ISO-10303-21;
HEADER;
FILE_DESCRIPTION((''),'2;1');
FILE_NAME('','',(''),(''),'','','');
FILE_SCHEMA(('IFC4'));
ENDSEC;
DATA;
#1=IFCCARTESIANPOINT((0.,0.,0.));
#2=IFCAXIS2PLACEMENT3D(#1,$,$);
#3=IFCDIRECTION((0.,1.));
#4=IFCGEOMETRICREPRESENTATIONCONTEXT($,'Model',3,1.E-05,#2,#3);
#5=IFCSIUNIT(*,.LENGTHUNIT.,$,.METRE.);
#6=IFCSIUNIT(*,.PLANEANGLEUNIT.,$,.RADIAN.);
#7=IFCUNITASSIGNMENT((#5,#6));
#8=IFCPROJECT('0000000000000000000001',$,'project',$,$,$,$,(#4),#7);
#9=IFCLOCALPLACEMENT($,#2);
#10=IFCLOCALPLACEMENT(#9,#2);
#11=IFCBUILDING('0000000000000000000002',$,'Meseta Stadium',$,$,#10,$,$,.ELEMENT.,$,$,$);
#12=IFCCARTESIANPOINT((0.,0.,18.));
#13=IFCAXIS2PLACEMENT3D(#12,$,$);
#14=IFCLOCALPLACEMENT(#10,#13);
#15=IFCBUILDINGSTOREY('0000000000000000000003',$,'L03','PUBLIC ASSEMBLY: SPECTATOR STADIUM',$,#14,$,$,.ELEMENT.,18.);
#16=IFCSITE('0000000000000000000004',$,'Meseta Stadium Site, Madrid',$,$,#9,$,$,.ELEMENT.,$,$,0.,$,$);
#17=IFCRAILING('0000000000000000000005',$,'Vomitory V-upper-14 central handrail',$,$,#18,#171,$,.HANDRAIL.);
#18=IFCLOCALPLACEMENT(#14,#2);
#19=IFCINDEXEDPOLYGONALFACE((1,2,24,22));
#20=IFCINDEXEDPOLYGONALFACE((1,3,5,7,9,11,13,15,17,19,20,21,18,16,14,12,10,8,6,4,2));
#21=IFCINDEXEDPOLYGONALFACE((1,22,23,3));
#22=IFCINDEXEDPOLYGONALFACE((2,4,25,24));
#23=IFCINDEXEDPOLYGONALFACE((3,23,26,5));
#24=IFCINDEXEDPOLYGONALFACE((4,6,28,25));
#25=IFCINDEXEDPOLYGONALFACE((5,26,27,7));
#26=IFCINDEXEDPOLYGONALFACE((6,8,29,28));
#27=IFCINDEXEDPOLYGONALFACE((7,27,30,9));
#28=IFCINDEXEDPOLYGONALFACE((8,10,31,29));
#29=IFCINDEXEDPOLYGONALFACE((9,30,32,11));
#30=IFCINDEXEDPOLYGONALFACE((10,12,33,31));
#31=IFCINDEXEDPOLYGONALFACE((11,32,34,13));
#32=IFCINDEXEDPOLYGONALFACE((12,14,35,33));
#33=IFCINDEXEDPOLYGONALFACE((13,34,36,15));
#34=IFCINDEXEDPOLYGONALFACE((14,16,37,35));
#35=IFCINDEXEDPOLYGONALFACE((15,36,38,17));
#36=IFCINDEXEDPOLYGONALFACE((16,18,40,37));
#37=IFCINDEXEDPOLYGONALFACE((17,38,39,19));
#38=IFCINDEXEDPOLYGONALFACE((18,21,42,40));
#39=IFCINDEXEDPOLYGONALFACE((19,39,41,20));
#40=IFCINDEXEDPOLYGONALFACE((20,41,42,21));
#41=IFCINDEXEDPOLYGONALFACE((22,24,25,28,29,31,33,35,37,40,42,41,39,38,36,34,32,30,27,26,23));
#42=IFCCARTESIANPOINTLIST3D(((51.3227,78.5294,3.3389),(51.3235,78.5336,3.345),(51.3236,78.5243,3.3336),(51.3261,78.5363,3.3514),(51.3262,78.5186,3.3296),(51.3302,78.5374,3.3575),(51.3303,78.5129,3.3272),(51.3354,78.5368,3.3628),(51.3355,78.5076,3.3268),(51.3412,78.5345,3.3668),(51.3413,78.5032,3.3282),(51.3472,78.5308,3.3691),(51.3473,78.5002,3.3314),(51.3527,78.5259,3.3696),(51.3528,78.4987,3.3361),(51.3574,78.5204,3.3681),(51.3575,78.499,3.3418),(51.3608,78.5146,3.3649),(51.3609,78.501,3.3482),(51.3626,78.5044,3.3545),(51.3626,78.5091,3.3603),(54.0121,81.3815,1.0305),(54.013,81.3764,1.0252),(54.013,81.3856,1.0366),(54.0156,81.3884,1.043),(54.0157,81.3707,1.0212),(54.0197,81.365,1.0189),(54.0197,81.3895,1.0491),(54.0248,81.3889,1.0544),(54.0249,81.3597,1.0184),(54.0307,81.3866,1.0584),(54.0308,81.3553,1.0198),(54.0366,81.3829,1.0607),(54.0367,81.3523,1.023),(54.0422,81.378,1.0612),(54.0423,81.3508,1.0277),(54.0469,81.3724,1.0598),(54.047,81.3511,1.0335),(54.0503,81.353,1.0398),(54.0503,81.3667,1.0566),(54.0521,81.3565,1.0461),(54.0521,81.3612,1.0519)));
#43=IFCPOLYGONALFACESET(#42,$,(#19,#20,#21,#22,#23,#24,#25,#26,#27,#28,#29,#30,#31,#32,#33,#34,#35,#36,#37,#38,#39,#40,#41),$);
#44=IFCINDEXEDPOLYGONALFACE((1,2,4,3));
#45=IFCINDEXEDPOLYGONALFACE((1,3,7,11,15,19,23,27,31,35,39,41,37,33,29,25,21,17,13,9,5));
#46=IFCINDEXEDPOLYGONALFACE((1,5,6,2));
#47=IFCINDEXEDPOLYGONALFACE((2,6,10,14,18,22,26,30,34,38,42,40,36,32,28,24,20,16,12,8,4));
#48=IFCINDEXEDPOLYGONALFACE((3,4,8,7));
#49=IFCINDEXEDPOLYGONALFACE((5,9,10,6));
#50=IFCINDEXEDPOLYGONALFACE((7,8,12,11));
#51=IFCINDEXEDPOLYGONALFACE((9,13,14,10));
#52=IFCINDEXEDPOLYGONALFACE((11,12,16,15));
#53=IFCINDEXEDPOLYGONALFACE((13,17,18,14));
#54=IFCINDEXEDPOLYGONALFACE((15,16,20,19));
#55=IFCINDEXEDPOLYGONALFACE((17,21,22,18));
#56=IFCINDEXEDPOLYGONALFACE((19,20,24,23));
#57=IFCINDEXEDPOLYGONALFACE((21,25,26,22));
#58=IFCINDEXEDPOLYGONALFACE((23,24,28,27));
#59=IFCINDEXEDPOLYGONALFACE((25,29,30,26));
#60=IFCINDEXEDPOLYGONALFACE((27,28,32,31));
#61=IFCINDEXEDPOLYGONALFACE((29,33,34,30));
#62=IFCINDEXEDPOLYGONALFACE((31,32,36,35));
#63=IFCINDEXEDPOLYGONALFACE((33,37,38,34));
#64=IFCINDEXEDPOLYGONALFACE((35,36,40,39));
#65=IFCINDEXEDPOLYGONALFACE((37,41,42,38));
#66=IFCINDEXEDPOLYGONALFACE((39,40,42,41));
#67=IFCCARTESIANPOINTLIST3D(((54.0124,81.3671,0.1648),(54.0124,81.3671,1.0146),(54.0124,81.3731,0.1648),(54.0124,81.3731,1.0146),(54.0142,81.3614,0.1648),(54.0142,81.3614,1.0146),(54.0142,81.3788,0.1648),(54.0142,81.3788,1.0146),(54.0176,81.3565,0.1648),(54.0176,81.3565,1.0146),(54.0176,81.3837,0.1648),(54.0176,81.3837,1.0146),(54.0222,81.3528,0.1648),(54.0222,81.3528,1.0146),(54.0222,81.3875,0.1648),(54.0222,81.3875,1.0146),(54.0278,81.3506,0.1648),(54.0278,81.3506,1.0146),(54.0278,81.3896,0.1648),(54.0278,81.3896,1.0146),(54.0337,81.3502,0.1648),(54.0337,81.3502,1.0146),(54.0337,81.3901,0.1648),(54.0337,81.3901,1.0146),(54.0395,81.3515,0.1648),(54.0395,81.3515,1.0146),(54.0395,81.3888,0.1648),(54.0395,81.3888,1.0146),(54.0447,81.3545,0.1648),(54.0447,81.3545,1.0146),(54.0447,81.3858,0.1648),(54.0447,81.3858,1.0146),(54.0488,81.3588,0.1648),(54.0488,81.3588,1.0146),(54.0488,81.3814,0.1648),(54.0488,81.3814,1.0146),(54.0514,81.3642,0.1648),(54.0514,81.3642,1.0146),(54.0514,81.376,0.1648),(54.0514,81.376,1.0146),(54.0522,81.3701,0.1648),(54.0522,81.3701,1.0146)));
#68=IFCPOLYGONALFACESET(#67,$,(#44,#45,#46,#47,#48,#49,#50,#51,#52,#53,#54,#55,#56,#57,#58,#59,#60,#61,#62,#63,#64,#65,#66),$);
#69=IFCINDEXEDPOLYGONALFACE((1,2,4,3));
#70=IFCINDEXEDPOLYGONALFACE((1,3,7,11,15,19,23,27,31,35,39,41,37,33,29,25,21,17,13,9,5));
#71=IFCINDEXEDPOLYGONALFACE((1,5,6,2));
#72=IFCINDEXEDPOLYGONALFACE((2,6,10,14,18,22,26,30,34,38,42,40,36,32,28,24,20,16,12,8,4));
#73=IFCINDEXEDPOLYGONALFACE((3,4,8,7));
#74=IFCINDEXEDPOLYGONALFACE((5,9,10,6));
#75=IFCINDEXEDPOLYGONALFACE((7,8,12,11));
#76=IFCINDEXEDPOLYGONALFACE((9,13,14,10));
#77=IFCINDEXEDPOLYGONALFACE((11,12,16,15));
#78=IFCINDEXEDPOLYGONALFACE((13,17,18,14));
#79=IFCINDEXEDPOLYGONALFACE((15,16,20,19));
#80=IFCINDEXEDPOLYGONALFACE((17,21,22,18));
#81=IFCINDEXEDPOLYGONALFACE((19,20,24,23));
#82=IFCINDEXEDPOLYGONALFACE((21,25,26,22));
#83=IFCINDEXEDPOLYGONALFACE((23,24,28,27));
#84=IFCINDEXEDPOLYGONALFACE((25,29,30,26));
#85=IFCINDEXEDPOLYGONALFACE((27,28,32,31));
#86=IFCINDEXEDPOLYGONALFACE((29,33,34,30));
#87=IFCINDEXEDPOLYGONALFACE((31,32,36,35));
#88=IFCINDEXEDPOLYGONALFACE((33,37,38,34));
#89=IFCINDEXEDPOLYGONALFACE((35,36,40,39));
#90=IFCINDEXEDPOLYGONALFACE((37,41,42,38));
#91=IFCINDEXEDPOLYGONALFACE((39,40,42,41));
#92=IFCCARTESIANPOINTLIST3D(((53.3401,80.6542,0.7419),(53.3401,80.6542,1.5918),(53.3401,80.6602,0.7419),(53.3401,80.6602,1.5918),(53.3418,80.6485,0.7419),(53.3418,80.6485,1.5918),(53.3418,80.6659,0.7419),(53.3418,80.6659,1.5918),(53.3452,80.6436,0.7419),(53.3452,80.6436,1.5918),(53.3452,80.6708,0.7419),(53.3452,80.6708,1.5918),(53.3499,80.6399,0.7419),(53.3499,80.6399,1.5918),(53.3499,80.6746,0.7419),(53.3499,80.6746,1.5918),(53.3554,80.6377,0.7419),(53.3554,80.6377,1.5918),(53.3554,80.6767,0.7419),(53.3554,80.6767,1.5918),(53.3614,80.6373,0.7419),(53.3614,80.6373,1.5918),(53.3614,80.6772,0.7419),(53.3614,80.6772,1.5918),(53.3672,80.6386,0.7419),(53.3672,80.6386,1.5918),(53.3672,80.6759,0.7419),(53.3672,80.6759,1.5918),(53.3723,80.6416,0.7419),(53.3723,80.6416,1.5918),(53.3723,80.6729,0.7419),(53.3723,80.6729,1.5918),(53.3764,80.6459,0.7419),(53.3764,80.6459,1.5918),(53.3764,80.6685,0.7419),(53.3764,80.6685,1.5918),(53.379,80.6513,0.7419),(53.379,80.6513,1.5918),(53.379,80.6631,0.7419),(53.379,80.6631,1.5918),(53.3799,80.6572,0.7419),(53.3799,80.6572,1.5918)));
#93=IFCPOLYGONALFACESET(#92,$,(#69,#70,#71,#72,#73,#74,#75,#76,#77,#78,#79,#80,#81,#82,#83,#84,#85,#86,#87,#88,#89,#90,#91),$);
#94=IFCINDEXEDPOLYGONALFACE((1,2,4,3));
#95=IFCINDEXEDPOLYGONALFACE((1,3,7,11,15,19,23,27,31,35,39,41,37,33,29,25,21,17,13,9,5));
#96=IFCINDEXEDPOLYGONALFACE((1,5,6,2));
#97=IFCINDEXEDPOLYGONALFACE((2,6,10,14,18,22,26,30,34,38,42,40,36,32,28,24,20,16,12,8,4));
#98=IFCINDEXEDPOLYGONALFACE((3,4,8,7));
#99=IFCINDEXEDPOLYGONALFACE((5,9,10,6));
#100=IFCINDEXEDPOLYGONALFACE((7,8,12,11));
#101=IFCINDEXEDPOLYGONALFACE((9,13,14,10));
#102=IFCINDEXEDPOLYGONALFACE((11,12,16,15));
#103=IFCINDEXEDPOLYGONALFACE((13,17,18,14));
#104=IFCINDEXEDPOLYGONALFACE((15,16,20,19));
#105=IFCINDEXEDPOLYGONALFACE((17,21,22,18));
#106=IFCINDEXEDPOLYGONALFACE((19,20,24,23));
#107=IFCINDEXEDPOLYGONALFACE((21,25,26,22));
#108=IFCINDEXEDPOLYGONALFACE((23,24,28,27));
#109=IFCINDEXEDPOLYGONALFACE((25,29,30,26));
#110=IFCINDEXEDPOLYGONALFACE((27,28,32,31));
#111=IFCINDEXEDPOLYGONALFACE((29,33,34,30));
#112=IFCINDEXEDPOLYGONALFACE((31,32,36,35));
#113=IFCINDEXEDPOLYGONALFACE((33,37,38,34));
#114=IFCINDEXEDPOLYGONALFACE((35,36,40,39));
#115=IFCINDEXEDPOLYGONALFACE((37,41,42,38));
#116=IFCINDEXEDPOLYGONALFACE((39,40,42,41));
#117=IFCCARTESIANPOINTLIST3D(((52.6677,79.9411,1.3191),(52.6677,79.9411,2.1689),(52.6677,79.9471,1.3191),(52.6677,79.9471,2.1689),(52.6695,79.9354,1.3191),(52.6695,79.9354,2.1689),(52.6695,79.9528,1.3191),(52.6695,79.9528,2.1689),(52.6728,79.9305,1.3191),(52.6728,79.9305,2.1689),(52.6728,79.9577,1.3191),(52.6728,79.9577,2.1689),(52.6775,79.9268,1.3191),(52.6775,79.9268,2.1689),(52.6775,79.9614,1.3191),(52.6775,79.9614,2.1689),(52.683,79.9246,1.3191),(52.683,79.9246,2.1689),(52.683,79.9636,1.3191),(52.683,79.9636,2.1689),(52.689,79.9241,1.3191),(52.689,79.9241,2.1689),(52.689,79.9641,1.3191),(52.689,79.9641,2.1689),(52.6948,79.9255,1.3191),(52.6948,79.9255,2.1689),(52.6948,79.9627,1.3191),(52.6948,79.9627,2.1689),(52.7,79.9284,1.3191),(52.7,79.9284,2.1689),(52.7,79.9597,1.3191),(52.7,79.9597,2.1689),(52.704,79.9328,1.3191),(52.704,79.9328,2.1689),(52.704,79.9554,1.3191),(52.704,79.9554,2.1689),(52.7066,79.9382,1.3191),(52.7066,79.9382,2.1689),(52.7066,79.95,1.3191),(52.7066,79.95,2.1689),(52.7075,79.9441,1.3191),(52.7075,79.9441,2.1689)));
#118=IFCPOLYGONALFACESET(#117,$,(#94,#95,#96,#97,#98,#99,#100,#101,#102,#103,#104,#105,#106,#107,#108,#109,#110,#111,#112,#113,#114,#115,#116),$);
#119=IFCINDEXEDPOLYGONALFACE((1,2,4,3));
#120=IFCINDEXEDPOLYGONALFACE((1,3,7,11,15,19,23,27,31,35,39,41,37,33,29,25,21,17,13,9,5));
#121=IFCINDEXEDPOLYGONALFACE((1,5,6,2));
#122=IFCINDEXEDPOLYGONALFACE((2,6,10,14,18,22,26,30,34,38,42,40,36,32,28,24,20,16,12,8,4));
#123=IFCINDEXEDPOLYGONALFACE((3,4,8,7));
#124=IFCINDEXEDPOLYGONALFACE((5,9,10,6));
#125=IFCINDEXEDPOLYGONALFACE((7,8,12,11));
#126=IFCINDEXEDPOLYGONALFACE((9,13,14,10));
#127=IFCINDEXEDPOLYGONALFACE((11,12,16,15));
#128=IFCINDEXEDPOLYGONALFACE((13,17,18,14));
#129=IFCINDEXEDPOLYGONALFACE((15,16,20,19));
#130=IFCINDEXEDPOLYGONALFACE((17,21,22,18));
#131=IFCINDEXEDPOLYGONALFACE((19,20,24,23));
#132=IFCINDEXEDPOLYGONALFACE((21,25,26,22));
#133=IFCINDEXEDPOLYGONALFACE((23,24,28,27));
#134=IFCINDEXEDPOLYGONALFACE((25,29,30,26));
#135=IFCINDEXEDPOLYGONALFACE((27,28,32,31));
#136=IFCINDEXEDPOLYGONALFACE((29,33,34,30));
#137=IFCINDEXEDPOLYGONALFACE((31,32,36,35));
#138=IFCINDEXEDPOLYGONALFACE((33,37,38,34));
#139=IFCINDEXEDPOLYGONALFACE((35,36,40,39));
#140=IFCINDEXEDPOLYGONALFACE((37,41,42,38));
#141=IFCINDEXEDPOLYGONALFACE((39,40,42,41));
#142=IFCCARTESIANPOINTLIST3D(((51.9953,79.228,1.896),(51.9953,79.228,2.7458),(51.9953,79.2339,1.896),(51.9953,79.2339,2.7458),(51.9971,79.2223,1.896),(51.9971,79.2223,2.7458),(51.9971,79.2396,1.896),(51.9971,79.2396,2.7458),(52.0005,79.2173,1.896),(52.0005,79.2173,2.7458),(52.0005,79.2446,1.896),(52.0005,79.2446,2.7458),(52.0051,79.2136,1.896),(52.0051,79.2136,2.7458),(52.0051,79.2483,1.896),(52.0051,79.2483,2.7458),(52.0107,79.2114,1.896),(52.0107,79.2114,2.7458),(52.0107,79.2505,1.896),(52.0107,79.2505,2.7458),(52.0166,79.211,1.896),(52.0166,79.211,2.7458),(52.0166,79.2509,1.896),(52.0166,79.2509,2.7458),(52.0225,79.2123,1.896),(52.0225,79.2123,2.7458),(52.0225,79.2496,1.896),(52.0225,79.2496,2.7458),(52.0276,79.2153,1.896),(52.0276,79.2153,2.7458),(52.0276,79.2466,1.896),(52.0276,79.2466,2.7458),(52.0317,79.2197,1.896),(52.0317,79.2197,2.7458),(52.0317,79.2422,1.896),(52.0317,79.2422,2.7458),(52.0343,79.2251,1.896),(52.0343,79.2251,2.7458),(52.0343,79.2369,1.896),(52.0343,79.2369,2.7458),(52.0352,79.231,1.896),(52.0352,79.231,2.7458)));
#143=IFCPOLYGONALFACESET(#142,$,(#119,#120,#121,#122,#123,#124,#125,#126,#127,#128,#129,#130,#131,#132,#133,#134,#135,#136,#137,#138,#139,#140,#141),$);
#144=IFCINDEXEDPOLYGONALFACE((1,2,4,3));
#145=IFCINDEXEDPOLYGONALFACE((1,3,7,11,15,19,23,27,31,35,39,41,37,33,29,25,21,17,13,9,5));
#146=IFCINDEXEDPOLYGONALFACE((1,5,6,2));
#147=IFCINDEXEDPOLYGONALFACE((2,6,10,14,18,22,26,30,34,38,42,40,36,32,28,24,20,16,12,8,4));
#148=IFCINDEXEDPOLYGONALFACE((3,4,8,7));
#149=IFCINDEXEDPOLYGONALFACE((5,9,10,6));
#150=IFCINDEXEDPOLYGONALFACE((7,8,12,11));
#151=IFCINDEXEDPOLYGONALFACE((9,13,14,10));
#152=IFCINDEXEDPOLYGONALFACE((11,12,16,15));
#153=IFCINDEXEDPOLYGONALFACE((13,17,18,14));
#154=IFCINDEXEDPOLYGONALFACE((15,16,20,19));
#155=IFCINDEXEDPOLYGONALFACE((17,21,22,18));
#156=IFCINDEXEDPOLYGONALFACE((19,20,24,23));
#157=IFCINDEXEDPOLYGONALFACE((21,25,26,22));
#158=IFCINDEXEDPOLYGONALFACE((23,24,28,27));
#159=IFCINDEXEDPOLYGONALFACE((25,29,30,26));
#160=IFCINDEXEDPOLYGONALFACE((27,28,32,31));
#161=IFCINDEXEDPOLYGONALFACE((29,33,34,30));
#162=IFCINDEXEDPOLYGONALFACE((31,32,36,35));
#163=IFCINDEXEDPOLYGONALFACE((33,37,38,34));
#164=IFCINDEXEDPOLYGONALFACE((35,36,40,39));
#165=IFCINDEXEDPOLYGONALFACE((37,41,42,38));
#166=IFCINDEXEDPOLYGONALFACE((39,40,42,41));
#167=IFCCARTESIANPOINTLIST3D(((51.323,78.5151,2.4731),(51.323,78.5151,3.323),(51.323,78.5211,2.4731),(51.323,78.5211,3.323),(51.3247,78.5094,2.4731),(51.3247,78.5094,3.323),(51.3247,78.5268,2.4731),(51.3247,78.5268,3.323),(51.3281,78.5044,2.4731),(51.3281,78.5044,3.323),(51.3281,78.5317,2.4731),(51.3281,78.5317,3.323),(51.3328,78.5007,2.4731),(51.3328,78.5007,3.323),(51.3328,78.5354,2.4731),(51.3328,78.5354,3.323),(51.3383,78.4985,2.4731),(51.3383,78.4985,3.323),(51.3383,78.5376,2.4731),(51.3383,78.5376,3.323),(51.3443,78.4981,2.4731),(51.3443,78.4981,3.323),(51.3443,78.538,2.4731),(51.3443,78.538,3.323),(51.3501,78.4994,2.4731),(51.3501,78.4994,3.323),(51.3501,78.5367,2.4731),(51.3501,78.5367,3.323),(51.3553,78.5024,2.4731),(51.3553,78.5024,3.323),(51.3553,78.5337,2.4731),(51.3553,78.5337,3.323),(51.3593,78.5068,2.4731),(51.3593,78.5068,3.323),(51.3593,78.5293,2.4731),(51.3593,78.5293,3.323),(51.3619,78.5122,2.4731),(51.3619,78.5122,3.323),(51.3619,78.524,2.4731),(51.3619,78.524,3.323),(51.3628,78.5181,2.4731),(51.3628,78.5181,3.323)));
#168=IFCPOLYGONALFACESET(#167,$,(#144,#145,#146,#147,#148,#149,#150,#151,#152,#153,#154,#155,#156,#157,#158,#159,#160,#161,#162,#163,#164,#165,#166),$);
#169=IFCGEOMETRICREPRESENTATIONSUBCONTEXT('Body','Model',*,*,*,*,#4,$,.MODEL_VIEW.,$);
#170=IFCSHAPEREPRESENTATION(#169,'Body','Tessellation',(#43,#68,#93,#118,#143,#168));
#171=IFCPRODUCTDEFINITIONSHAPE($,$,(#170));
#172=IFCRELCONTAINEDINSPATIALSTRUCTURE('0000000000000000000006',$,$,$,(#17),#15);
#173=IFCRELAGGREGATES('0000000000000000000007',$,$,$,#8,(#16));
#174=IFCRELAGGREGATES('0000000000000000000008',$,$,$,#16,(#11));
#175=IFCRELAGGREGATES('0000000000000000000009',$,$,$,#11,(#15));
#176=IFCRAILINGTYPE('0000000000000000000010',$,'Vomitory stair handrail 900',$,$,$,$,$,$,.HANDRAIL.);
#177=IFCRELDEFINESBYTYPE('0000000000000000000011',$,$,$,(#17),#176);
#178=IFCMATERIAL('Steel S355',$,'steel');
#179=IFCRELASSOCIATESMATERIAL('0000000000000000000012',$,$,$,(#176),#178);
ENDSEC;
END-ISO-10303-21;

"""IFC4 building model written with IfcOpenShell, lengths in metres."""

from ifc_helpers import new_model, si_unit, direction, frame, origin, origin_2d, place, context, subcontext, project, spatial, circle, extrude, material, type_object, element, save


model = new_model("IFC4")

# Units and contexts
model_context = context("Model", 3, precision=1e-05, world=origin(), true_north=direction((0.0, 1.0)))
body_context = subcontext(model_context, "Body", "Model", "MODEL_VIEW")
ifc_project = project(units=[si_unit("LENGTHUNIT", "METRE"), si_unit("PLANEANGLEUNIT", "RADIAN")], contexts=[model_context])

# Site, building, storey
site_placement = place(None, origin())
site = spatial("IfcSite", under=ifc_project, at=site_placement, Name="Meseta Stadium Site, Madrid", CompositionType="ELEMENT", RefElevation=0.0)
building_placement = place(site_placement, origin())
building = spatial("IfcBuilding", under=site, at=building_placement, Name="Meseta Stadium", CompositionType="ELEMENT")
storey_placement = place(building_placement, frame((0.0, 0.0, 18.0)))
storey = spatial("IfcBuildingStorey", under=building, at=storey_placement, Name="L03", Description="PUBLIC ASSEMBLY: SPECTATOR STADIUM", CompositionType="ELEMENT", Elevation=18.0)

# Railing
ifc_material_1 = material(Name="Steel S355", Category="steel")
railing_type_1 = type_object("IfcRailingType", Name="Vomitory stair handrail 900", PredefinedType="HANDRAIL", material=ifc_material_1)
railing_1_placement = place(storey_placement, frame((54.0322, 81.3701, 0.1648)))
element("IfcRailing", 1, at=railing_1_placement, inside=storey, type_object=railing_type_1, Name="Vomitory V-upper-14 central handrail", PredefinedType="HANDRAIL", context=body_context, shape_type="SweptSolid", body=[
    extrude(circle(Radius=0.0249, at=origin_2d()), frame((0.0, 0.0, 0.875), z_axis=(-0.591184, -0.626925, 0.507411), x_axis=(0.727541, -0.686064, 0.0)), (0.0, 0.0, 1.0), 4.5493),
    extrude(circle(Radius=0.02, at=origin_2d()), origin(), (0.0, 0.0, 1.0), 0.8499),
    extrude(circle(Radius=0.02, at=origin_2d()), frame((-0.6724, -0.7129, 0.5771)), (0.0, 0.0, 1.0), 0.8499),
    extrude(circle(Radius=0.02, at=origin_2d()), frame((-1.3447, -1.426, 1.1543)), (0.0, 0.0, 1.0), 0.8499),
    extrude(circle(Radius=0.02, at=origin_2d()), frame((-2.0171, -2.1392, 1.7312)), (0.0, 0.0, 1.0), 0.8499),
    extrude(circle(Radius=0.02, at=origin_2d()), frame((-2.6895, -2.8521, 2.3083)), (0.0, 0.0, 1.0), 0.8499),
])

save(model, "model.ifc")
